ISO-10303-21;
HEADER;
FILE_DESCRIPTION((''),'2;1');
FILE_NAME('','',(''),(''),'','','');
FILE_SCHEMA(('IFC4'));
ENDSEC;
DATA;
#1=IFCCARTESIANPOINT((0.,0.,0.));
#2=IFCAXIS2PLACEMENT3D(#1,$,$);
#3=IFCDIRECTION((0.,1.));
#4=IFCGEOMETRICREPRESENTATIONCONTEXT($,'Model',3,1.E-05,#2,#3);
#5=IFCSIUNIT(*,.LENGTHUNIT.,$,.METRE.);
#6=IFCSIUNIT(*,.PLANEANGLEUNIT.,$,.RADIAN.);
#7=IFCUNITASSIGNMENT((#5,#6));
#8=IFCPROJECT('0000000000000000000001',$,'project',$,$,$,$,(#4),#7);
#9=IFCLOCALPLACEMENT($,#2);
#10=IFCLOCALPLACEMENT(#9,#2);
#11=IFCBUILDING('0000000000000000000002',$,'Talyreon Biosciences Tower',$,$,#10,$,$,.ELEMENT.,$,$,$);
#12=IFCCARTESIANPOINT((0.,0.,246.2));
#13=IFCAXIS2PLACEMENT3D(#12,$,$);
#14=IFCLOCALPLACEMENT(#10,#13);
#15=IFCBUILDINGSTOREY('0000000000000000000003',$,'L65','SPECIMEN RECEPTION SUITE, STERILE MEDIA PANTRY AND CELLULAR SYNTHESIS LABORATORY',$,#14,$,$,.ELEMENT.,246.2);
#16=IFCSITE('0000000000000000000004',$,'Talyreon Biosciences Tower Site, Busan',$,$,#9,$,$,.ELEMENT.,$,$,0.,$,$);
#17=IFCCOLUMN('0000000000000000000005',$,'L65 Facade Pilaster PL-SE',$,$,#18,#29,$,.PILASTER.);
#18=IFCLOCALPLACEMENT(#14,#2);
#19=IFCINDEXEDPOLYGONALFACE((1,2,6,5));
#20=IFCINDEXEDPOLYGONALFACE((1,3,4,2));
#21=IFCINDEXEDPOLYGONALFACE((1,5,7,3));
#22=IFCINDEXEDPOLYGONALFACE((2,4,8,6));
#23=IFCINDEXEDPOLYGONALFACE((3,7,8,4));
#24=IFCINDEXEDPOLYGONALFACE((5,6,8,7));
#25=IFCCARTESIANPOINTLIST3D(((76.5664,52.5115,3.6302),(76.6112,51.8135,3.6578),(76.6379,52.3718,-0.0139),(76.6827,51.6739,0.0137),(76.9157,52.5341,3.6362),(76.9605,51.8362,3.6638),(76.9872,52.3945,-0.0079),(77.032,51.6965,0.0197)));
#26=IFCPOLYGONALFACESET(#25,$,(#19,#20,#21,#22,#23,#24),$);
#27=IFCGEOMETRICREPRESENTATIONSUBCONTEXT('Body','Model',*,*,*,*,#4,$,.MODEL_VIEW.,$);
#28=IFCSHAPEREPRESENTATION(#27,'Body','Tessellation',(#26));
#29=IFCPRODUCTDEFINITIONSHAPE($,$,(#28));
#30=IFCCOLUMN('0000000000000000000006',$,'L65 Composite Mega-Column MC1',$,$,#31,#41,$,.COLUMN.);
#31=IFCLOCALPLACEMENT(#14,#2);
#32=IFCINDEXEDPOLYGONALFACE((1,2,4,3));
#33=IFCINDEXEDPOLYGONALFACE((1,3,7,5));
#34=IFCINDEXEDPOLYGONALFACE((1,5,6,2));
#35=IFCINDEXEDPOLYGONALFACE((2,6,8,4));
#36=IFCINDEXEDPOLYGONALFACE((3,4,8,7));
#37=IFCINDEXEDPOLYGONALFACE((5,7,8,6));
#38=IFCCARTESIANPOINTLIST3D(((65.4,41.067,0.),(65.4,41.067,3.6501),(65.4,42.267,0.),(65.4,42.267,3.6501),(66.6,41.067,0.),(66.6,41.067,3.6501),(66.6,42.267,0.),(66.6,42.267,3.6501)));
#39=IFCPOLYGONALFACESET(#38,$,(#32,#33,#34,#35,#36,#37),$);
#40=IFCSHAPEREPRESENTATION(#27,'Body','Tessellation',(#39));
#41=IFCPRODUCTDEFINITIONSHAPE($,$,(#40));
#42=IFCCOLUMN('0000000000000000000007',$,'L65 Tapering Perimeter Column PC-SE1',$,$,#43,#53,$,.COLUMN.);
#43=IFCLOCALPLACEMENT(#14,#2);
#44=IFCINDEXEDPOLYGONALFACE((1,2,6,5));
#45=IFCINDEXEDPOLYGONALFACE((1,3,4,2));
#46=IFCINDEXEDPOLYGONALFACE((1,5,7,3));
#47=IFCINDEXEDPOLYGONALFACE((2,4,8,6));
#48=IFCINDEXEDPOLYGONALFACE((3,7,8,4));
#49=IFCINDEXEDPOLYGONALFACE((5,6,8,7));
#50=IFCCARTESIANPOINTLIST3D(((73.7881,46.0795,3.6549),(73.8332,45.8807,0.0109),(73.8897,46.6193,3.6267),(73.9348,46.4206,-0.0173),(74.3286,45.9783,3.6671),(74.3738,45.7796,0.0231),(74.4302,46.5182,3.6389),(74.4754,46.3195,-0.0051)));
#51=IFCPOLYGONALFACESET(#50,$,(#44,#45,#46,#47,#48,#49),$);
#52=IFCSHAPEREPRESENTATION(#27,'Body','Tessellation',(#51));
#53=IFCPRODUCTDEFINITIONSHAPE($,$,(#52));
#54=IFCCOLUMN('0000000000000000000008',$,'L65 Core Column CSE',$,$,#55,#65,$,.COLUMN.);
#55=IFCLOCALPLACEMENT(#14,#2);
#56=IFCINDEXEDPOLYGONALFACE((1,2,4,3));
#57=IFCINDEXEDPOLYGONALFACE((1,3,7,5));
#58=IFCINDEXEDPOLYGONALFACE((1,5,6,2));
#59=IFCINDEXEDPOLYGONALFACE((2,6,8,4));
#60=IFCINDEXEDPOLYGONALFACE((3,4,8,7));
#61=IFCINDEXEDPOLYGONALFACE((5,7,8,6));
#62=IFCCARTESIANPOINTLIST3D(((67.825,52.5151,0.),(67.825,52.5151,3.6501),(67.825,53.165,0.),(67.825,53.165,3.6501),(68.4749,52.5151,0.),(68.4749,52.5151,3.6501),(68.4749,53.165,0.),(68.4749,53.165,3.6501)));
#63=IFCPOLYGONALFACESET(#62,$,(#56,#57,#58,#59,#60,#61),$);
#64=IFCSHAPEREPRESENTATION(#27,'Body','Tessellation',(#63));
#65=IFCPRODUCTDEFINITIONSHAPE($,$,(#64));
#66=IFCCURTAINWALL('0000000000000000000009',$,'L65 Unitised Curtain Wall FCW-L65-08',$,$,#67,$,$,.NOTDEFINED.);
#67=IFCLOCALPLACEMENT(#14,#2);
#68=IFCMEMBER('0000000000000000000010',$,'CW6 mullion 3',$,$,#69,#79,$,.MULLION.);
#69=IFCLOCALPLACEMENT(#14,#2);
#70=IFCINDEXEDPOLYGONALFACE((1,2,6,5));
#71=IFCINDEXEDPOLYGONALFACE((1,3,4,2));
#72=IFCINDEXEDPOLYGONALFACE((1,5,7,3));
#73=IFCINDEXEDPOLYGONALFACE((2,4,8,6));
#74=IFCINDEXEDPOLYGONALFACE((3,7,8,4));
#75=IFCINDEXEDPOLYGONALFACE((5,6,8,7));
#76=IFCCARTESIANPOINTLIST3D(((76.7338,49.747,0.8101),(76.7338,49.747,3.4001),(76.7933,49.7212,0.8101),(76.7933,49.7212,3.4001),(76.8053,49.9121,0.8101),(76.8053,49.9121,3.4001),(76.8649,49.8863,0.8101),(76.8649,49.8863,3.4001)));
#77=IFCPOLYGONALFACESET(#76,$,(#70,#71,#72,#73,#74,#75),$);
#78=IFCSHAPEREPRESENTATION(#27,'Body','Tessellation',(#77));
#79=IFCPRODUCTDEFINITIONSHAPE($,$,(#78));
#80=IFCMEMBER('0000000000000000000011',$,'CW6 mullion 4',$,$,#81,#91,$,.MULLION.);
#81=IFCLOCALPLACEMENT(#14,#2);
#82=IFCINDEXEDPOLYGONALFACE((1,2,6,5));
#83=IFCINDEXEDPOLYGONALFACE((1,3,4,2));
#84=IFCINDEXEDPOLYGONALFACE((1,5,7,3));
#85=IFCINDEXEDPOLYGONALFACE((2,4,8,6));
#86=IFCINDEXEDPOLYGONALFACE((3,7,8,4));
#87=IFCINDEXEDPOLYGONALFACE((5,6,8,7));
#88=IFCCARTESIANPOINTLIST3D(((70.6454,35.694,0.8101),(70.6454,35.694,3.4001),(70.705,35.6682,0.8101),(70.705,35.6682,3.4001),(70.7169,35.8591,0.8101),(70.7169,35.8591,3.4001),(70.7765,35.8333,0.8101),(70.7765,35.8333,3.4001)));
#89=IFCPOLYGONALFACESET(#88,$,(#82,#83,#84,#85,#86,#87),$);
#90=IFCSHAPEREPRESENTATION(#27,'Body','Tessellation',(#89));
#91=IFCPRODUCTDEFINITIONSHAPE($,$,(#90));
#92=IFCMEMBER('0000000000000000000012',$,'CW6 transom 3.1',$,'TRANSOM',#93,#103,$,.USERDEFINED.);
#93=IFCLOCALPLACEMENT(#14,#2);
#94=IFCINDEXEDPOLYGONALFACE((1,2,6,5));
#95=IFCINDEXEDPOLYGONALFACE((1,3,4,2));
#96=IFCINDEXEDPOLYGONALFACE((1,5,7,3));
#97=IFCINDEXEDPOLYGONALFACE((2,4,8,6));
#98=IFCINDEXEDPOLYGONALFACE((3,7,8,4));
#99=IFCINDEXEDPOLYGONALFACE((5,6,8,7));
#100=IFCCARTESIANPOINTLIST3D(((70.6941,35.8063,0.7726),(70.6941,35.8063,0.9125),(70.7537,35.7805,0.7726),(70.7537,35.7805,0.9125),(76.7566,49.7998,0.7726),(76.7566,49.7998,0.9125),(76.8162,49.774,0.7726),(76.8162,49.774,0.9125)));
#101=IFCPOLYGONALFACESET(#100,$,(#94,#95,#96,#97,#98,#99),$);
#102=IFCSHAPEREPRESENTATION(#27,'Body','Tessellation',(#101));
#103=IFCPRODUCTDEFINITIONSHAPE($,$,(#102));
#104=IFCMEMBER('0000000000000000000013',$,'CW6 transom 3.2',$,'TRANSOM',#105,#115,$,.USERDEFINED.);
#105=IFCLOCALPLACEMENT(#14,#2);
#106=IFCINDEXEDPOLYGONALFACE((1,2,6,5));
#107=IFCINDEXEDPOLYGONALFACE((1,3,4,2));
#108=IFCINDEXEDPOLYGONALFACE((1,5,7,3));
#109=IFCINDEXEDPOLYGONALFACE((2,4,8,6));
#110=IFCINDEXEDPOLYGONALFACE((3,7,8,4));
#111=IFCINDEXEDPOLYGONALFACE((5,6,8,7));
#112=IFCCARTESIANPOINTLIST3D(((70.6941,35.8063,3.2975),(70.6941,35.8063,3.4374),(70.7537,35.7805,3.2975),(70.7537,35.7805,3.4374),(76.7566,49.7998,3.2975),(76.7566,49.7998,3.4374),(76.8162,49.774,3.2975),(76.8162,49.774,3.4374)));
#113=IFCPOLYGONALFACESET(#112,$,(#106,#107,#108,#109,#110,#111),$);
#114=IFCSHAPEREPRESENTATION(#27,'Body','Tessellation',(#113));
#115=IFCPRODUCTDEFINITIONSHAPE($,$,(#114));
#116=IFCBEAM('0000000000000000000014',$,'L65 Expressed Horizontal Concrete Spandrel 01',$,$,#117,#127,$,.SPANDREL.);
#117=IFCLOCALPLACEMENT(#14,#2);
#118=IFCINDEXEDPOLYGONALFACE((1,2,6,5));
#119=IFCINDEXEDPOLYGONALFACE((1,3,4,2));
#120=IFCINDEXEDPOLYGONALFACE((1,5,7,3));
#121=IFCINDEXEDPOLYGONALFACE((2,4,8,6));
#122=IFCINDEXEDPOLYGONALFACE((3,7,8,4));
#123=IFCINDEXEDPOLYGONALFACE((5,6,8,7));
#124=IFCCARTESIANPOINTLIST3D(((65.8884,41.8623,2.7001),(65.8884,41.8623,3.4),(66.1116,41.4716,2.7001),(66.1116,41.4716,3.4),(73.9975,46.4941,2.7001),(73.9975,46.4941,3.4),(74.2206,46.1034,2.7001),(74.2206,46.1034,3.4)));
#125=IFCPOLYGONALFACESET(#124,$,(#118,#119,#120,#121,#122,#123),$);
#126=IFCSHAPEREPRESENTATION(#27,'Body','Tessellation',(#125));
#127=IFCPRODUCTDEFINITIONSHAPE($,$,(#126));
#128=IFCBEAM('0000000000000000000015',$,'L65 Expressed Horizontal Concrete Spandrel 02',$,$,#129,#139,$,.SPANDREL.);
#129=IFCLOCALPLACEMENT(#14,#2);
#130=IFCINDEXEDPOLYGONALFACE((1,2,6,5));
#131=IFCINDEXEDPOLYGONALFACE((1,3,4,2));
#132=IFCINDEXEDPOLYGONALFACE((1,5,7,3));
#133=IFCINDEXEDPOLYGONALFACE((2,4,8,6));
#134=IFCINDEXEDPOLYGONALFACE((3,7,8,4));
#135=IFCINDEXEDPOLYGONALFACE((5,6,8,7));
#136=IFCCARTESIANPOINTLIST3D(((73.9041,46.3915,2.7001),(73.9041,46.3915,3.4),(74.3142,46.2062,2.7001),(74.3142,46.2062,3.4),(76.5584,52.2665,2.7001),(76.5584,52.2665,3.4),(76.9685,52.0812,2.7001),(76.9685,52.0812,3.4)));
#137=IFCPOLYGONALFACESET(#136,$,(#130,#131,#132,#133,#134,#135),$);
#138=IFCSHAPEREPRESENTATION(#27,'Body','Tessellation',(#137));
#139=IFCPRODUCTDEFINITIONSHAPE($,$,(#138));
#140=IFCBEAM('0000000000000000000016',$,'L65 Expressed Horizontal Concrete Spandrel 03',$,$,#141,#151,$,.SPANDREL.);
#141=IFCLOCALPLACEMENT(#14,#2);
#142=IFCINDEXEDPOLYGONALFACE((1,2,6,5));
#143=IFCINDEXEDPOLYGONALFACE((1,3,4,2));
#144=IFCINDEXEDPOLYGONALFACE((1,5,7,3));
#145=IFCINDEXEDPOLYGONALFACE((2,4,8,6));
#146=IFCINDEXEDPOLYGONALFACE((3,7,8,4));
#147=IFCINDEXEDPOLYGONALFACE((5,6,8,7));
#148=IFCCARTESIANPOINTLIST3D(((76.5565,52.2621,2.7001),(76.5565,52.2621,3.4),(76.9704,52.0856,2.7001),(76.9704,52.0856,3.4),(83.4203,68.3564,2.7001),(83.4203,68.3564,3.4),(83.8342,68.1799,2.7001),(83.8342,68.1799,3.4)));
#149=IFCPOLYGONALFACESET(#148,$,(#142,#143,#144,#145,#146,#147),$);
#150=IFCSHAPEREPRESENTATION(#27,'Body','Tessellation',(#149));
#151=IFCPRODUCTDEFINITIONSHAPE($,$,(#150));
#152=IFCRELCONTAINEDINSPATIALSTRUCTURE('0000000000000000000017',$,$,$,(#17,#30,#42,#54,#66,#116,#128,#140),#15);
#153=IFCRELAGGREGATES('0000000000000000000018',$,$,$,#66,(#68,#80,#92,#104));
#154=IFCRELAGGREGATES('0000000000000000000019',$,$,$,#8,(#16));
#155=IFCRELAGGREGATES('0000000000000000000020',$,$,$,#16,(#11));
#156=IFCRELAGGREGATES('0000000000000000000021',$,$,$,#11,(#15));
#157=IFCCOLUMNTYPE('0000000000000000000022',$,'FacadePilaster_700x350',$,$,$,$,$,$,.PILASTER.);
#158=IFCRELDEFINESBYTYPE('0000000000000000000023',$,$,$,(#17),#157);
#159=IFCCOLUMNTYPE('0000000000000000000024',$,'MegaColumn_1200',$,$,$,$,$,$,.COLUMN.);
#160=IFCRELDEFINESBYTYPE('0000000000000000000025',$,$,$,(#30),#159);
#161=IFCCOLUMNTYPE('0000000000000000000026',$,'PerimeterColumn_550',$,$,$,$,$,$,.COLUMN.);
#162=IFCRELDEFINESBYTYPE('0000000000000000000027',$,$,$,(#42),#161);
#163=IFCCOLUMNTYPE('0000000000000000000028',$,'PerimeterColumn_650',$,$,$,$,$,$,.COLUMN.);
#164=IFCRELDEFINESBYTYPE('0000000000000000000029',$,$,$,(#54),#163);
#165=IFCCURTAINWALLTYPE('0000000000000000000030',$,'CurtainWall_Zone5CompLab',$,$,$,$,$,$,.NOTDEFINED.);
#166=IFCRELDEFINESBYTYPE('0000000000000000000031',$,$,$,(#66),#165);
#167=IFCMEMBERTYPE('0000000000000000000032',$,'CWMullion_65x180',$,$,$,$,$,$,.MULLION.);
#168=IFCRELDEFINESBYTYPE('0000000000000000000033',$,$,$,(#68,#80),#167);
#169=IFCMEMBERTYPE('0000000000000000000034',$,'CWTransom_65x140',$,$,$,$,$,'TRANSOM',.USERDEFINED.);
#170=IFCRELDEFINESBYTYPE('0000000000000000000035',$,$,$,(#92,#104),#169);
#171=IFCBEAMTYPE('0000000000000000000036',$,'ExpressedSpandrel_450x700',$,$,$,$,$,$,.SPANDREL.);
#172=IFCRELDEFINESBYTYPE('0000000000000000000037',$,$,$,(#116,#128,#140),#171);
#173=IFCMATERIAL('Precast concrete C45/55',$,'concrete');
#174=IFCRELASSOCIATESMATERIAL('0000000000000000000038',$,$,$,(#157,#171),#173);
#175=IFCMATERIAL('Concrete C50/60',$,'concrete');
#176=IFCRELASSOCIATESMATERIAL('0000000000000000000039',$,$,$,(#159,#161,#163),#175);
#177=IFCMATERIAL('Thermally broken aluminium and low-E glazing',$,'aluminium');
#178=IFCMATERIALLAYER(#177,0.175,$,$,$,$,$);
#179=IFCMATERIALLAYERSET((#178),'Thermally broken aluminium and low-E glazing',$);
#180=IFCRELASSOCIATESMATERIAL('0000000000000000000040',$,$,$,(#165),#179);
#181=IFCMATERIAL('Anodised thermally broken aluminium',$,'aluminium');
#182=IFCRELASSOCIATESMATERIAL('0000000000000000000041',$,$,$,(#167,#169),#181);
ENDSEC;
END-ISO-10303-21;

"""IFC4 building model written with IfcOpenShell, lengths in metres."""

from ifc_helpers import new_model, si_unit, direction, frame, origin, origin_2d, place, context, subcontext, project, spatial, rectangle, extrude, material, layer, layer_set, material_profile, profile_set, type_object, element, aggregate, save


model = new_model("IFC4")

# Units and contexts
model_context = context("Model", 3, precision=1e-05, world=origin(), true_north=direction((0.0, 1.0)))
body_context = subcontext(model_context, "Body", "Model", "MODEL_VIEW")
ifc_project = project(units=[si_unit("LENGTHUNIT", "METRE"), si_unit("PLANEANGLEUNIT", "RADIAN")], contexts=[model_context])

# Site, building, storey
site_placement = place(None, origin())
site = spatial("IfcSite", under=ifc_project, at=site_placement, Name="Talyreon Biosciences Tower Site, Busan", CompositionType="ELEMENT", RefElevation=0.0)
building_placement = place(site_placement, origin())
building = spatial("IfcBuilding", under=site, at=building_placement, Name="Talyreon Biosciences Tower", CompositionType="ELEMENT")
storey_placement = place(building_placement, frame((0.0, 0.0, 246.2)))
storey = spatial("IfcBuildingStorey", under=building, at=storey_placement, Name="L65", Description="SPECIMEN RECEPTION SUITE, STERILE MEDIA PANTRY AND CELLULAR SYNTHESIS LABORATORY", CompositionType="ELEMENT", Elevation=246.2)

# Columns
ifc_material_1 = material(Name="Precast concrete C45/55", Category="concrete")
ifc_material_profile_1 = material_profile(ifc_material_1, rectangle(XDim=0.7, YDim=0.3501, at=origin_2d()), Name="RC 700x350")
ifc_profile_set_1 = profile_set([ifc_material_profile_1], Name="Precast concrete C45/55")
column_type_1 = type_object("IfcColumnType", Name="FacadePilaster_700x350", PredefinedType="PILASTER", material=ifc_profile_set_1)
column_1_placement = place(storey_placement, frame((76.835, 52.0342, 0.0029), z_axis=(-0.019612, 0.038287, 0.999074), x_axis=(0.06401, -0.997168, 0.03947)))
element("IfcColumn", 1, at=column_1_placement, inside=storey, type_object=column_type_1, Name="L65 Facade Pilaster PL-SE", PredefinedType="PILASTER", context=body_context, shape_type="SweptSolid", body=[
    extrude(rectangle(XDim=0.7, YDim=0.3501, at=origin_2d()), origin(), (0.0, 0.0, 1.0), 3.6475),
])
ifc_material_2 = material(Name="Concrete C50/60", Category="concrete")
ifc_material_profile_2 = material_profile(ifc_material_2, rectangle(XDim=1.2, YDim=1.2, at=origin_2d()), Name="RC 1200x1200")
ifc_profile_set_2 = profile_set([ifc_material_profile_2], Name="Concrete C50/60")
column_type_2 = type_object("IfcColumnType", Name="MegaColumn_1200", PredefinedType="COLUMN", material=ifc_profile_set_2)
column_2_placement = place(storey_placement, frame((66.0, 41.667, 0.0), z_axis=(0.0, 0.0, 1.0), x_axis=(1.0, 0.0, 0.0)))
element("IfcColumn", 2, at=column_2_placement, inside=storey, type_object=column_type_2, Name="L65 Composite Mega-Column MC1", PredefinedType="COLUMN", context=body_context, shape_type="SweptSolid", body=[
    extrude(rectangle(XDim=1.2, YDim=1.2, at=origin_2d()), origin(), (0.0, 0.0, 1.0), 3.6501),
])
ifc_material_profile_3 = material_profile(ifc_material_2, rectangle(XDim=0.55, YDim=0.55, at=origin_2d()), Name="RC 550x550")
ifc_profile_set_3 = profile_set([ifc_material_profile_3], Name="Concrete C50/60")
column_type_3 = type_object("IfcColumnType", Name="PerimeterColumn_550", PredefinedType="COLUMN", material=ifc_profile_set_3)
column_3_placement = place(storey_placement, frame((74.1543, 46.1001, 0.0029), z_axis=(-0.012375, 0.054451, 0.99844), x_axis=(-0.184727, -0.981453, 0.051235)))
element("IfcColumn", 3, at=column_3_placement, inside=storey, type_object=column_type_3, Name="L65 Tapering Perimeter Column PC-SE1", PredefinedType="COLUMN", context=body_context, shape_type="SweptSolid", body=[
    extrude(rectangle(XDim=0.55, YDim=0.55, at=origin_2d()), origin(), (0.0, 0.0, 1.0), 3.6497),
])
ifc_material_profile_4 = material_profile(ifc_material_2, rectangle(XDim=0.6499, YDim=0.6499, at=origin_2d()), Name="RC 650x650")
ifc_profile_set_4 = profile_set([ifc_material_profile_4], Name="Concrete C50/60")
column_type_4 = type_object("IfcColumnType", Name="PerimeterColumn_650", PredefinedType="COLUMN", material=ifc_profile_set_4)
column_4_placement = place(storey_placement, frame((68.1499, 52.8401, 0.0), z_axis=(0.0, 0.0, 1.0), x_axis=(1.0, 0.0, 0.0)))
element("IfcColumn", 4, at=column_4_placement, inside=storey, type_object=column_type_4, Name="L65 Core Column CSE", PredefinedType="COLUMN", context=body_context, shape_type="SweptSolid", body=[
    extrude(rectangle(XDim=0.6499, YDim=0.6499, at=origin_2d()), origin(), (0.0, 0.0, 1.0), 3.6501),
])

# Curtain wall, members
ifc_material_3 = material(Name="Thermally broken aluminium and low-E glazing", Category="aluminium")
ifc_layer_1 = layer(ifc_material_3, 0.175)
ifc_layer_set_1 = layer_set([ifc_layer_1], Name="Thermally broken aluminium and low-E glazing")
curtain_wall_type = type_object("IfcCurtainWallType", Name="CurtainWall_Zone5CompLab", PredefinedType="NOTDEFINED", material=ifc_layer_set_1)
curtain_wall_placement = place(storey_placement, origin())
curtain_wall = element("IfcCurtainWall", 5, at=curtain_wall_placement, inside=storey, type_object=curtain_wall_type, Name="L65 Unitised Curtain Wall FCW-L65-08", PredefinedType="NOTDEFINED")
ifc_material_4 = material(Name="Anodised thermally broken aluminium", Category="aluminium")
ifc_material_profile_5 = material_profile(ifc_material_4, rectangle(XDim=0.0649, YDim=0.1799, at=origin_2d()), Name="ALUM MULLION 65x180")
ifc_profile_set_5 = profile_set([ifc_material_profile_5], Name="Anodised thermally broken aluminium")
member_type_1 = type_object("IfcMemberType", Name="CWMullion_65x180", PredefinedType="MULLION", material=ifc_profile_set_5)
member_1_placement = place(storey_placement, frame((76.7993, 49.8167, 0.8101), z_axis=(0.0, 0.0, 1.0), x_axis=(0.917586, -0.397537, 0.0)))
member_1 = element("IfcMember", 6, at=member_1_placement, type_object=member_type_1, Name="CW6 mullion 3", PredefinedType="MULLION", context=body_context, shape_type="SweptSolid", body=[
    extrude(rectangle(XDim=0.0649, YDim=0.1799, at=origin_2d()), origin(), (0.0, 0.0, 1.0), 2.5901),
])
member_2_placement = place(storey_placement, frame((70.7109, 35.7637, 0.8101), z_axis=(0.0, 0.0, 1.0), x_axis=(0.917586, -0.397537, 0.0)))
member_2 = element("IfcMember", 7, at=member_2_placement, type_object=member_type_1, Name="CW6 mullion 4", PredefinedType="MULLION", context=body_context, shape_type="SweptSolid", body=[
    extrude(rectangle(XDim=0.0649, YDim=0.1799, at=origin_2d()), origin(), (0.0, 0.0, 1.0), 2.5901),
])
ifc_material_profile_6 = material_profile(ifc_material_4, rectangle(XDim=0.0649, YDim=0.1399, at=origin_2d()), Name="ALUM TRANSOM 65x140")
ifc_profile_set_6 = profile_set([ifc_material_profile_6], Name="Anodised thermally broken aluminium")
member_type_2 = type_object("IfcMemberType", Name="CWTransom_65x140", ElementType="TRANSOM", PredefinedType="USERDEFINED", material=ifc_profile_set_6)
member_3_placement = place(storey_placement, frame((76.7864, 49.7869, 0.8425), z_axis=(-0.397535, -0.917587, 0.0), x_axis=(0.917587, -0.397535, 0.0)))
member_3 = element("IfcMember", 8, at=member_3_placement, type_object=member_type_2, Name="CW6 transom 3.1", ObjectType="TRANSOM", PredefinedType="USERDEFINED", context=body_context, shape_type="SweptSolid", body=[
    extrude(rectangle(XDim=0.0649, YDim=0.1399, at=origin_2d()), origin(), (0.0, 0.0, 1.0), 15.2502),
])
member_4_placement = place(storey_placement, frame((76.7864, 49.7869, 3.3674), z_axis=(-0.397535, -0.917587, 0.0), x_axis=(0.917587, -0.397535, 0.0)))
member_4 = element("IfcMember", 9, at=member_4_placement, type_object=member_type_2, Name="CW6 transom 3.2", ObjectType="TRANSOM", PredefinedType="USERDEFINED", context=body_context, shape_type="SweptSolid", body=[
    extrude(rectangle(XDim=0.0649, YDim=0.1399, at=origin_2d()), origin(), (0.0, 0.0, 1.0), 15.2502),
])

# Beams
ifc_material_profile_7 = material_profile(ifc_material_1, rectangle(XDim=0.45, YDim=0.7, at=origin_2d()), Name="RCB 450x700")
ifc_profile_set_7 = profile_set([ifc_material_profile_7], Name="Precast concrete C45/55")
beam_type_1 = type_object("IfcBeamType", Name="ExpressedSpandrel_450x700", PredefinedType="SPANDREL", material=ifc_profile_set_7)
beam_1_placement = place(storey_placement, frame((66.0, 41.667, 3.05), z_axis=(0.868333, 0.495981, 0.0), x_axis=(-0.495981, 0.868333, 0.0)))
element("IfcBeam", 10, at=beam_1_placement, inside=storey, type_object=beam_type_1, Name="L65 Expressed Horizontal Concrete Spandrel 01", PredefinedType="SPANDREL", context=body_context, shape_type="SweptSolid", body=[
    extrude(rectangle(XDim=0.45, YDim=0.7, at=origin_2d()), origin(), (0.0, 0.0, 1.0), 9.3386),
])
beam_2_placement = place(storey_placement, frame((74.1091, 46.2988, 3.05), z_axis=(0.411725, 0.911308, 0.0), x_axis=(-0.911308, 0.411725, 0.0)))
element("IfcBeam", 11, at=beam_2_placement, inside=storey, type_object=beam_type_1, Name="L65 Expressed Horizontal Concrete Spandrel 02", PredefinedType="SPANDREL", context=body_context, shape_type="SweptSolid", body=[
    extrude(rectangle(XDim=0.45, YDim=0.7, at=origin_2d()), origin(), (0.0, 0.0, 1.0), 6.4468),
])
beam_3_placement = place(storey_placement, frame((76.7634, 52.1738, 3.05), z_axis=(0.392289, 0.919842, 0.0), x_axis=(-0.919842, 0.392289, 0.0)))
element("IfcBeam", 12, at=beam_3_placement, inside=storey, type_object=beam_type_1, Name="L65 Expressed Horizontal Concrete Spandrel 03", PredefinedType="SPANDREL", context=body_context, shape_type="SweptSolid", body=[
    extrude(rectangle(XDim=0.45, YDim=0.7, at=origin_2d()), origin(), (0.0, 0.0, 1.0), 17.4968),
])

aggregate(curtain_wall, [member_1, member_2, member_3, member_4])

save(model, "model.ifc")
